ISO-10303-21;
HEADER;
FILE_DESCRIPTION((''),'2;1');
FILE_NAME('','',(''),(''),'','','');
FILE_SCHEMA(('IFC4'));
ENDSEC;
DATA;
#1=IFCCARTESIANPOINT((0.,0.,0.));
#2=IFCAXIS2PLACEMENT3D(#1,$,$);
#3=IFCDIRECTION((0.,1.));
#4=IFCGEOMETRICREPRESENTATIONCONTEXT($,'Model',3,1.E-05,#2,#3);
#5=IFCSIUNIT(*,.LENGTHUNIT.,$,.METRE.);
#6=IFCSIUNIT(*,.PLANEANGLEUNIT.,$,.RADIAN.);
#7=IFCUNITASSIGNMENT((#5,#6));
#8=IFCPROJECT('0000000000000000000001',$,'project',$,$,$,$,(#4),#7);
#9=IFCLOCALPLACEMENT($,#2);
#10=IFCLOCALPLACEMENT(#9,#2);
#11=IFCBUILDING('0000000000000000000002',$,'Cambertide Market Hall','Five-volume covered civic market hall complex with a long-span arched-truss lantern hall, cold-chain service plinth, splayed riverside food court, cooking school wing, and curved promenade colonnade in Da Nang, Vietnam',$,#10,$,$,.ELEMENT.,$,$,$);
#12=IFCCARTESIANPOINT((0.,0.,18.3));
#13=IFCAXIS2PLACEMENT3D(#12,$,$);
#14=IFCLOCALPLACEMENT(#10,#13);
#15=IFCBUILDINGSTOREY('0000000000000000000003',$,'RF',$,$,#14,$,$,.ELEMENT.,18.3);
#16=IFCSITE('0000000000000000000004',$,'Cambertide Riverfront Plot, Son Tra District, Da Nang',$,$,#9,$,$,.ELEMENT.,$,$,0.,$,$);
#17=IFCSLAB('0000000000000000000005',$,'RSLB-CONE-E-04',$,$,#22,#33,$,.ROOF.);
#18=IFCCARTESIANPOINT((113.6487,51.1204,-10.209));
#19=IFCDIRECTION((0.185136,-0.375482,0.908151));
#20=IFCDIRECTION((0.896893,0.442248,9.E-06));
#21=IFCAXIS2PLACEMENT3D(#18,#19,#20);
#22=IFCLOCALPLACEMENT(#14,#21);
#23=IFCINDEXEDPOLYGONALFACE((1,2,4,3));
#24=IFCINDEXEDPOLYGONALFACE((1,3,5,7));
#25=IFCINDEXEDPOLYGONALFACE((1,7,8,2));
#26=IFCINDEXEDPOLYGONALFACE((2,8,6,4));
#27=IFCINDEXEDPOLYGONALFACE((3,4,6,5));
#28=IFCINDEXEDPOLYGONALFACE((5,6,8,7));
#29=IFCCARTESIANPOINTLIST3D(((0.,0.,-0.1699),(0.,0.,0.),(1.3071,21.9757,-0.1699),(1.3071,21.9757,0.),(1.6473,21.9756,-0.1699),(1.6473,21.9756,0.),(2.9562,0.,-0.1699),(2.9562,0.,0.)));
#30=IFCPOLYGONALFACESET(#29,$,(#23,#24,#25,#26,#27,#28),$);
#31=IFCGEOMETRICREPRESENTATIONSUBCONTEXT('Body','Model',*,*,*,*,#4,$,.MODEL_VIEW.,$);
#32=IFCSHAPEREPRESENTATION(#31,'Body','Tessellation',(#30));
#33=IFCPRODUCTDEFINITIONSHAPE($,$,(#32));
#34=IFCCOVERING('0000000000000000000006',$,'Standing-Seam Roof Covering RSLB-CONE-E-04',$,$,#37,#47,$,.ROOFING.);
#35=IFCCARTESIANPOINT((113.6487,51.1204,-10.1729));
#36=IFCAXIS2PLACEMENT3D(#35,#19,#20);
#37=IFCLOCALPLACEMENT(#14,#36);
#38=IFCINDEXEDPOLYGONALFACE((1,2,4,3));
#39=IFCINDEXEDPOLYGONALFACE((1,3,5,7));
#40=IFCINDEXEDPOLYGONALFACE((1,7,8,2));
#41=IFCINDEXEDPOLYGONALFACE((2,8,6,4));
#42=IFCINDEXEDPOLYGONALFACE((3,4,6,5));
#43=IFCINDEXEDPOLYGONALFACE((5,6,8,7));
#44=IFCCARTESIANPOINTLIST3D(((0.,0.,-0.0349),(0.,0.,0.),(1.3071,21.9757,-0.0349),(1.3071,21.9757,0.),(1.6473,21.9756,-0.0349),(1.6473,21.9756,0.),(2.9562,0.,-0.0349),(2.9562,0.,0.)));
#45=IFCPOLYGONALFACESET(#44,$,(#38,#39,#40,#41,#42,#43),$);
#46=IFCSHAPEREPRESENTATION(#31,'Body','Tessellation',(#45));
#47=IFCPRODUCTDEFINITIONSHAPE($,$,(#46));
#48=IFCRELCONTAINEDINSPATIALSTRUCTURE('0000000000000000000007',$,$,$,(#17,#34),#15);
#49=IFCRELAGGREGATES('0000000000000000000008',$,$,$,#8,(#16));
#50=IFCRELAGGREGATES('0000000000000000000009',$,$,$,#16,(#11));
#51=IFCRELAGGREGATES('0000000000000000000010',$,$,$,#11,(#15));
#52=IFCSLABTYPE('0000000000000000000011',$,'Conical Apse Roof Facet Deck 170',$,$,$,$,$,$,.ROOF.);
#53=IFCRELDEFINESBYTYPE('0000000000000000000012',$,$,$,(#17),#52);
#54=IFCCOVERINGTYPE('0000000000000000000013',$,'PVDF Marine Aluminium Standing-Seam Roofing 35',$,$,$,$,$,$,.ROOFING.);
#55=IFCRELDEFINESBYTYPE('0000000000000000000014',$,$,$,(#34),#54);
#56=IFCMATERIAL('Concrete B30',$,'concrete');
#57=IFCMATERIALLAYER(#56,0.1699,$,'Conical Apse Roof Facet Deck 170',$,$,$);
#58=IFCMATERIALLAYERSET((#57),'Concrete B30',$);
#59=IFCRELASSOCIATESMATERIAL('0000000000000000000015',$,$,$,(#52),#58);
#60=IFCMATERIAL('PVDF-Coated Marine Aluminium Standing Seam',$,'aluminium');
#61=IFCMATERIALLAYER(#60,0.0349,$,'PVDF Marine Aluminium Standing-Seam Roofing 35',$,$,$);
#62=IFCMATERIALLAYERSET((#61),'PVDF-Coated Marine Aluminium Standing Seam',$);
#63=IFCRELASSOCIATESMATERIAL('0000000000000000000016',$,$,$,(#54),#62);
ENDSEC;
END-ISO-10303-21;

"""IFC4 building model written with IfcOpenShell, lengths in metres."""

from ifc_helpers import new_model, si_unit, direction, frame, origin, place, context, subcontext, project, spatial, polyline, outline, extrude, material, layer, layer_set, type_object, element, save


model = new_model("IFC4")

# Units and contexts
model_context = context("Model", 3, precision=1e-05, world=origin(), true_north=direction((0.0, 1.0)))
body_context = subcontext(model_context, "Body", "Model", "MODEL_VIEW")
ifc_project = project(units=[si_unit("LENGTHUNIT", "METRE"), si_unit("PLANEANGLEUNIT", "RADIAN")], contexts=[model_context])

# Site, building, storey
site_placement = place(None, origin())
site = spatial("IfcSite", under=ifc_project, at=site_placement, Name="Cambertide Riverfront Plot, Son Tra District, Da Nang", CompositionType="ELEMENT", RefElevation=0.0)
building_placement = place(site_placement, origin())
building = spatial("IfcBuilding", under=site, at=building_placement, Name="Cambertide Market Hall", Description="Five-volume covered civic market hall complex with a long-span arched-truss lantern hall, cold-chain service plinth, splayed riverside food court, cooking school wing, and curved promenade colonnade in Da Nang, Vietnam", CompositionType="ELEMENT")
storey_placement = place(building_placement, frame((0.0, 0.0, 18.3)))
storey = spatial("IfcBuildingStorey", under=building, at=storey_placement, Name="RF", CompositionType="ELEMENT", Elevation=18.3)

# Slab
ifc_material_1 = material(Name="Concrete B30", Category="concrete")
ifc_layer_1 = layer(ifc_material_1, 0.1699, Name="Conical Apse Roof Facet Deck 170")
ifc_layer_set_1 = layer_set([ifc_layer_1], Name="Concrete B30")
slab_type_1 = type_object("IfcSlabType", Name="Conical Apse Roof Facet Deck 170", PredefinedType="ROOF", material=ifc_layer_set_1)
slab_1_placement = place(storey_placement, frame((113.6487, 51.1204, -10.209), z_axis=(0.185136, -0.375482, 0.908151), x_axis=(0.896893, 0.442248, 0.000009)))
element("IfcSlab", 1, at=slab_1_placement, inside=storey, type_object=slab_type_1, Name="RSLB-CONE-E-04", PredefinedType="ROOF", context=body_context, shape_type="SweptSolid", body=[
    extrude(outline(polyline([(0.0, 0.0), (2.9562, 0.0), (1.6473, 21.9756), (1.3071, 21.9757), (0.0, 0.0)])), origin(), (0.0, 0.0, -1.0), 0.1699),
])

# Covering
ifc_material_2 = material(Name="PVDF-Coated Marine Aluminium Standing Seam", Category="aluminium")
ifc_layer_2 = layer(ifc_material_2, 0.0349, Name="PVDF Marine Aluminium Standing-Seam Roofing 35")
ifc_layer_set_2 = layer_set([ifc_layer_2], Name="PVDF-Coated Marine Aluminium Standing Seam")
covering_type = type_object("IfcCoveringType", Name="PVDF Marine Aluminium Standing-Seam Roofing 35", PredefinedType="ROOFING", material=ifc_layer_set_2)
covering_1_placement = place(storey_placement, frame((113.6487, 51.1204, -10.1729), z_axis=(0.185136, -0.375482, 0.908151), x_axis=(0.896893, 0.442248, 0.000009)))
element("IfcCovering", 2, at=covering_1_placement, inside=storey, type_object=covering_type, Name="Standing-Seam Roof Covering RSLB-CONE-E-04", PredefinedType="ROOFING", context=body_context, shape_type="SweptSolid", body=[
    extrude(outline(polyline([(0.0, 0.0), (2.9562, 0.0), (1.6473, 21.9756), (1.3071, 21.9757), (0.0, 0.0)])), origin(), (0.0, 0.0, -1.0), 0.0349),
])

save(model, "model.ifc")
